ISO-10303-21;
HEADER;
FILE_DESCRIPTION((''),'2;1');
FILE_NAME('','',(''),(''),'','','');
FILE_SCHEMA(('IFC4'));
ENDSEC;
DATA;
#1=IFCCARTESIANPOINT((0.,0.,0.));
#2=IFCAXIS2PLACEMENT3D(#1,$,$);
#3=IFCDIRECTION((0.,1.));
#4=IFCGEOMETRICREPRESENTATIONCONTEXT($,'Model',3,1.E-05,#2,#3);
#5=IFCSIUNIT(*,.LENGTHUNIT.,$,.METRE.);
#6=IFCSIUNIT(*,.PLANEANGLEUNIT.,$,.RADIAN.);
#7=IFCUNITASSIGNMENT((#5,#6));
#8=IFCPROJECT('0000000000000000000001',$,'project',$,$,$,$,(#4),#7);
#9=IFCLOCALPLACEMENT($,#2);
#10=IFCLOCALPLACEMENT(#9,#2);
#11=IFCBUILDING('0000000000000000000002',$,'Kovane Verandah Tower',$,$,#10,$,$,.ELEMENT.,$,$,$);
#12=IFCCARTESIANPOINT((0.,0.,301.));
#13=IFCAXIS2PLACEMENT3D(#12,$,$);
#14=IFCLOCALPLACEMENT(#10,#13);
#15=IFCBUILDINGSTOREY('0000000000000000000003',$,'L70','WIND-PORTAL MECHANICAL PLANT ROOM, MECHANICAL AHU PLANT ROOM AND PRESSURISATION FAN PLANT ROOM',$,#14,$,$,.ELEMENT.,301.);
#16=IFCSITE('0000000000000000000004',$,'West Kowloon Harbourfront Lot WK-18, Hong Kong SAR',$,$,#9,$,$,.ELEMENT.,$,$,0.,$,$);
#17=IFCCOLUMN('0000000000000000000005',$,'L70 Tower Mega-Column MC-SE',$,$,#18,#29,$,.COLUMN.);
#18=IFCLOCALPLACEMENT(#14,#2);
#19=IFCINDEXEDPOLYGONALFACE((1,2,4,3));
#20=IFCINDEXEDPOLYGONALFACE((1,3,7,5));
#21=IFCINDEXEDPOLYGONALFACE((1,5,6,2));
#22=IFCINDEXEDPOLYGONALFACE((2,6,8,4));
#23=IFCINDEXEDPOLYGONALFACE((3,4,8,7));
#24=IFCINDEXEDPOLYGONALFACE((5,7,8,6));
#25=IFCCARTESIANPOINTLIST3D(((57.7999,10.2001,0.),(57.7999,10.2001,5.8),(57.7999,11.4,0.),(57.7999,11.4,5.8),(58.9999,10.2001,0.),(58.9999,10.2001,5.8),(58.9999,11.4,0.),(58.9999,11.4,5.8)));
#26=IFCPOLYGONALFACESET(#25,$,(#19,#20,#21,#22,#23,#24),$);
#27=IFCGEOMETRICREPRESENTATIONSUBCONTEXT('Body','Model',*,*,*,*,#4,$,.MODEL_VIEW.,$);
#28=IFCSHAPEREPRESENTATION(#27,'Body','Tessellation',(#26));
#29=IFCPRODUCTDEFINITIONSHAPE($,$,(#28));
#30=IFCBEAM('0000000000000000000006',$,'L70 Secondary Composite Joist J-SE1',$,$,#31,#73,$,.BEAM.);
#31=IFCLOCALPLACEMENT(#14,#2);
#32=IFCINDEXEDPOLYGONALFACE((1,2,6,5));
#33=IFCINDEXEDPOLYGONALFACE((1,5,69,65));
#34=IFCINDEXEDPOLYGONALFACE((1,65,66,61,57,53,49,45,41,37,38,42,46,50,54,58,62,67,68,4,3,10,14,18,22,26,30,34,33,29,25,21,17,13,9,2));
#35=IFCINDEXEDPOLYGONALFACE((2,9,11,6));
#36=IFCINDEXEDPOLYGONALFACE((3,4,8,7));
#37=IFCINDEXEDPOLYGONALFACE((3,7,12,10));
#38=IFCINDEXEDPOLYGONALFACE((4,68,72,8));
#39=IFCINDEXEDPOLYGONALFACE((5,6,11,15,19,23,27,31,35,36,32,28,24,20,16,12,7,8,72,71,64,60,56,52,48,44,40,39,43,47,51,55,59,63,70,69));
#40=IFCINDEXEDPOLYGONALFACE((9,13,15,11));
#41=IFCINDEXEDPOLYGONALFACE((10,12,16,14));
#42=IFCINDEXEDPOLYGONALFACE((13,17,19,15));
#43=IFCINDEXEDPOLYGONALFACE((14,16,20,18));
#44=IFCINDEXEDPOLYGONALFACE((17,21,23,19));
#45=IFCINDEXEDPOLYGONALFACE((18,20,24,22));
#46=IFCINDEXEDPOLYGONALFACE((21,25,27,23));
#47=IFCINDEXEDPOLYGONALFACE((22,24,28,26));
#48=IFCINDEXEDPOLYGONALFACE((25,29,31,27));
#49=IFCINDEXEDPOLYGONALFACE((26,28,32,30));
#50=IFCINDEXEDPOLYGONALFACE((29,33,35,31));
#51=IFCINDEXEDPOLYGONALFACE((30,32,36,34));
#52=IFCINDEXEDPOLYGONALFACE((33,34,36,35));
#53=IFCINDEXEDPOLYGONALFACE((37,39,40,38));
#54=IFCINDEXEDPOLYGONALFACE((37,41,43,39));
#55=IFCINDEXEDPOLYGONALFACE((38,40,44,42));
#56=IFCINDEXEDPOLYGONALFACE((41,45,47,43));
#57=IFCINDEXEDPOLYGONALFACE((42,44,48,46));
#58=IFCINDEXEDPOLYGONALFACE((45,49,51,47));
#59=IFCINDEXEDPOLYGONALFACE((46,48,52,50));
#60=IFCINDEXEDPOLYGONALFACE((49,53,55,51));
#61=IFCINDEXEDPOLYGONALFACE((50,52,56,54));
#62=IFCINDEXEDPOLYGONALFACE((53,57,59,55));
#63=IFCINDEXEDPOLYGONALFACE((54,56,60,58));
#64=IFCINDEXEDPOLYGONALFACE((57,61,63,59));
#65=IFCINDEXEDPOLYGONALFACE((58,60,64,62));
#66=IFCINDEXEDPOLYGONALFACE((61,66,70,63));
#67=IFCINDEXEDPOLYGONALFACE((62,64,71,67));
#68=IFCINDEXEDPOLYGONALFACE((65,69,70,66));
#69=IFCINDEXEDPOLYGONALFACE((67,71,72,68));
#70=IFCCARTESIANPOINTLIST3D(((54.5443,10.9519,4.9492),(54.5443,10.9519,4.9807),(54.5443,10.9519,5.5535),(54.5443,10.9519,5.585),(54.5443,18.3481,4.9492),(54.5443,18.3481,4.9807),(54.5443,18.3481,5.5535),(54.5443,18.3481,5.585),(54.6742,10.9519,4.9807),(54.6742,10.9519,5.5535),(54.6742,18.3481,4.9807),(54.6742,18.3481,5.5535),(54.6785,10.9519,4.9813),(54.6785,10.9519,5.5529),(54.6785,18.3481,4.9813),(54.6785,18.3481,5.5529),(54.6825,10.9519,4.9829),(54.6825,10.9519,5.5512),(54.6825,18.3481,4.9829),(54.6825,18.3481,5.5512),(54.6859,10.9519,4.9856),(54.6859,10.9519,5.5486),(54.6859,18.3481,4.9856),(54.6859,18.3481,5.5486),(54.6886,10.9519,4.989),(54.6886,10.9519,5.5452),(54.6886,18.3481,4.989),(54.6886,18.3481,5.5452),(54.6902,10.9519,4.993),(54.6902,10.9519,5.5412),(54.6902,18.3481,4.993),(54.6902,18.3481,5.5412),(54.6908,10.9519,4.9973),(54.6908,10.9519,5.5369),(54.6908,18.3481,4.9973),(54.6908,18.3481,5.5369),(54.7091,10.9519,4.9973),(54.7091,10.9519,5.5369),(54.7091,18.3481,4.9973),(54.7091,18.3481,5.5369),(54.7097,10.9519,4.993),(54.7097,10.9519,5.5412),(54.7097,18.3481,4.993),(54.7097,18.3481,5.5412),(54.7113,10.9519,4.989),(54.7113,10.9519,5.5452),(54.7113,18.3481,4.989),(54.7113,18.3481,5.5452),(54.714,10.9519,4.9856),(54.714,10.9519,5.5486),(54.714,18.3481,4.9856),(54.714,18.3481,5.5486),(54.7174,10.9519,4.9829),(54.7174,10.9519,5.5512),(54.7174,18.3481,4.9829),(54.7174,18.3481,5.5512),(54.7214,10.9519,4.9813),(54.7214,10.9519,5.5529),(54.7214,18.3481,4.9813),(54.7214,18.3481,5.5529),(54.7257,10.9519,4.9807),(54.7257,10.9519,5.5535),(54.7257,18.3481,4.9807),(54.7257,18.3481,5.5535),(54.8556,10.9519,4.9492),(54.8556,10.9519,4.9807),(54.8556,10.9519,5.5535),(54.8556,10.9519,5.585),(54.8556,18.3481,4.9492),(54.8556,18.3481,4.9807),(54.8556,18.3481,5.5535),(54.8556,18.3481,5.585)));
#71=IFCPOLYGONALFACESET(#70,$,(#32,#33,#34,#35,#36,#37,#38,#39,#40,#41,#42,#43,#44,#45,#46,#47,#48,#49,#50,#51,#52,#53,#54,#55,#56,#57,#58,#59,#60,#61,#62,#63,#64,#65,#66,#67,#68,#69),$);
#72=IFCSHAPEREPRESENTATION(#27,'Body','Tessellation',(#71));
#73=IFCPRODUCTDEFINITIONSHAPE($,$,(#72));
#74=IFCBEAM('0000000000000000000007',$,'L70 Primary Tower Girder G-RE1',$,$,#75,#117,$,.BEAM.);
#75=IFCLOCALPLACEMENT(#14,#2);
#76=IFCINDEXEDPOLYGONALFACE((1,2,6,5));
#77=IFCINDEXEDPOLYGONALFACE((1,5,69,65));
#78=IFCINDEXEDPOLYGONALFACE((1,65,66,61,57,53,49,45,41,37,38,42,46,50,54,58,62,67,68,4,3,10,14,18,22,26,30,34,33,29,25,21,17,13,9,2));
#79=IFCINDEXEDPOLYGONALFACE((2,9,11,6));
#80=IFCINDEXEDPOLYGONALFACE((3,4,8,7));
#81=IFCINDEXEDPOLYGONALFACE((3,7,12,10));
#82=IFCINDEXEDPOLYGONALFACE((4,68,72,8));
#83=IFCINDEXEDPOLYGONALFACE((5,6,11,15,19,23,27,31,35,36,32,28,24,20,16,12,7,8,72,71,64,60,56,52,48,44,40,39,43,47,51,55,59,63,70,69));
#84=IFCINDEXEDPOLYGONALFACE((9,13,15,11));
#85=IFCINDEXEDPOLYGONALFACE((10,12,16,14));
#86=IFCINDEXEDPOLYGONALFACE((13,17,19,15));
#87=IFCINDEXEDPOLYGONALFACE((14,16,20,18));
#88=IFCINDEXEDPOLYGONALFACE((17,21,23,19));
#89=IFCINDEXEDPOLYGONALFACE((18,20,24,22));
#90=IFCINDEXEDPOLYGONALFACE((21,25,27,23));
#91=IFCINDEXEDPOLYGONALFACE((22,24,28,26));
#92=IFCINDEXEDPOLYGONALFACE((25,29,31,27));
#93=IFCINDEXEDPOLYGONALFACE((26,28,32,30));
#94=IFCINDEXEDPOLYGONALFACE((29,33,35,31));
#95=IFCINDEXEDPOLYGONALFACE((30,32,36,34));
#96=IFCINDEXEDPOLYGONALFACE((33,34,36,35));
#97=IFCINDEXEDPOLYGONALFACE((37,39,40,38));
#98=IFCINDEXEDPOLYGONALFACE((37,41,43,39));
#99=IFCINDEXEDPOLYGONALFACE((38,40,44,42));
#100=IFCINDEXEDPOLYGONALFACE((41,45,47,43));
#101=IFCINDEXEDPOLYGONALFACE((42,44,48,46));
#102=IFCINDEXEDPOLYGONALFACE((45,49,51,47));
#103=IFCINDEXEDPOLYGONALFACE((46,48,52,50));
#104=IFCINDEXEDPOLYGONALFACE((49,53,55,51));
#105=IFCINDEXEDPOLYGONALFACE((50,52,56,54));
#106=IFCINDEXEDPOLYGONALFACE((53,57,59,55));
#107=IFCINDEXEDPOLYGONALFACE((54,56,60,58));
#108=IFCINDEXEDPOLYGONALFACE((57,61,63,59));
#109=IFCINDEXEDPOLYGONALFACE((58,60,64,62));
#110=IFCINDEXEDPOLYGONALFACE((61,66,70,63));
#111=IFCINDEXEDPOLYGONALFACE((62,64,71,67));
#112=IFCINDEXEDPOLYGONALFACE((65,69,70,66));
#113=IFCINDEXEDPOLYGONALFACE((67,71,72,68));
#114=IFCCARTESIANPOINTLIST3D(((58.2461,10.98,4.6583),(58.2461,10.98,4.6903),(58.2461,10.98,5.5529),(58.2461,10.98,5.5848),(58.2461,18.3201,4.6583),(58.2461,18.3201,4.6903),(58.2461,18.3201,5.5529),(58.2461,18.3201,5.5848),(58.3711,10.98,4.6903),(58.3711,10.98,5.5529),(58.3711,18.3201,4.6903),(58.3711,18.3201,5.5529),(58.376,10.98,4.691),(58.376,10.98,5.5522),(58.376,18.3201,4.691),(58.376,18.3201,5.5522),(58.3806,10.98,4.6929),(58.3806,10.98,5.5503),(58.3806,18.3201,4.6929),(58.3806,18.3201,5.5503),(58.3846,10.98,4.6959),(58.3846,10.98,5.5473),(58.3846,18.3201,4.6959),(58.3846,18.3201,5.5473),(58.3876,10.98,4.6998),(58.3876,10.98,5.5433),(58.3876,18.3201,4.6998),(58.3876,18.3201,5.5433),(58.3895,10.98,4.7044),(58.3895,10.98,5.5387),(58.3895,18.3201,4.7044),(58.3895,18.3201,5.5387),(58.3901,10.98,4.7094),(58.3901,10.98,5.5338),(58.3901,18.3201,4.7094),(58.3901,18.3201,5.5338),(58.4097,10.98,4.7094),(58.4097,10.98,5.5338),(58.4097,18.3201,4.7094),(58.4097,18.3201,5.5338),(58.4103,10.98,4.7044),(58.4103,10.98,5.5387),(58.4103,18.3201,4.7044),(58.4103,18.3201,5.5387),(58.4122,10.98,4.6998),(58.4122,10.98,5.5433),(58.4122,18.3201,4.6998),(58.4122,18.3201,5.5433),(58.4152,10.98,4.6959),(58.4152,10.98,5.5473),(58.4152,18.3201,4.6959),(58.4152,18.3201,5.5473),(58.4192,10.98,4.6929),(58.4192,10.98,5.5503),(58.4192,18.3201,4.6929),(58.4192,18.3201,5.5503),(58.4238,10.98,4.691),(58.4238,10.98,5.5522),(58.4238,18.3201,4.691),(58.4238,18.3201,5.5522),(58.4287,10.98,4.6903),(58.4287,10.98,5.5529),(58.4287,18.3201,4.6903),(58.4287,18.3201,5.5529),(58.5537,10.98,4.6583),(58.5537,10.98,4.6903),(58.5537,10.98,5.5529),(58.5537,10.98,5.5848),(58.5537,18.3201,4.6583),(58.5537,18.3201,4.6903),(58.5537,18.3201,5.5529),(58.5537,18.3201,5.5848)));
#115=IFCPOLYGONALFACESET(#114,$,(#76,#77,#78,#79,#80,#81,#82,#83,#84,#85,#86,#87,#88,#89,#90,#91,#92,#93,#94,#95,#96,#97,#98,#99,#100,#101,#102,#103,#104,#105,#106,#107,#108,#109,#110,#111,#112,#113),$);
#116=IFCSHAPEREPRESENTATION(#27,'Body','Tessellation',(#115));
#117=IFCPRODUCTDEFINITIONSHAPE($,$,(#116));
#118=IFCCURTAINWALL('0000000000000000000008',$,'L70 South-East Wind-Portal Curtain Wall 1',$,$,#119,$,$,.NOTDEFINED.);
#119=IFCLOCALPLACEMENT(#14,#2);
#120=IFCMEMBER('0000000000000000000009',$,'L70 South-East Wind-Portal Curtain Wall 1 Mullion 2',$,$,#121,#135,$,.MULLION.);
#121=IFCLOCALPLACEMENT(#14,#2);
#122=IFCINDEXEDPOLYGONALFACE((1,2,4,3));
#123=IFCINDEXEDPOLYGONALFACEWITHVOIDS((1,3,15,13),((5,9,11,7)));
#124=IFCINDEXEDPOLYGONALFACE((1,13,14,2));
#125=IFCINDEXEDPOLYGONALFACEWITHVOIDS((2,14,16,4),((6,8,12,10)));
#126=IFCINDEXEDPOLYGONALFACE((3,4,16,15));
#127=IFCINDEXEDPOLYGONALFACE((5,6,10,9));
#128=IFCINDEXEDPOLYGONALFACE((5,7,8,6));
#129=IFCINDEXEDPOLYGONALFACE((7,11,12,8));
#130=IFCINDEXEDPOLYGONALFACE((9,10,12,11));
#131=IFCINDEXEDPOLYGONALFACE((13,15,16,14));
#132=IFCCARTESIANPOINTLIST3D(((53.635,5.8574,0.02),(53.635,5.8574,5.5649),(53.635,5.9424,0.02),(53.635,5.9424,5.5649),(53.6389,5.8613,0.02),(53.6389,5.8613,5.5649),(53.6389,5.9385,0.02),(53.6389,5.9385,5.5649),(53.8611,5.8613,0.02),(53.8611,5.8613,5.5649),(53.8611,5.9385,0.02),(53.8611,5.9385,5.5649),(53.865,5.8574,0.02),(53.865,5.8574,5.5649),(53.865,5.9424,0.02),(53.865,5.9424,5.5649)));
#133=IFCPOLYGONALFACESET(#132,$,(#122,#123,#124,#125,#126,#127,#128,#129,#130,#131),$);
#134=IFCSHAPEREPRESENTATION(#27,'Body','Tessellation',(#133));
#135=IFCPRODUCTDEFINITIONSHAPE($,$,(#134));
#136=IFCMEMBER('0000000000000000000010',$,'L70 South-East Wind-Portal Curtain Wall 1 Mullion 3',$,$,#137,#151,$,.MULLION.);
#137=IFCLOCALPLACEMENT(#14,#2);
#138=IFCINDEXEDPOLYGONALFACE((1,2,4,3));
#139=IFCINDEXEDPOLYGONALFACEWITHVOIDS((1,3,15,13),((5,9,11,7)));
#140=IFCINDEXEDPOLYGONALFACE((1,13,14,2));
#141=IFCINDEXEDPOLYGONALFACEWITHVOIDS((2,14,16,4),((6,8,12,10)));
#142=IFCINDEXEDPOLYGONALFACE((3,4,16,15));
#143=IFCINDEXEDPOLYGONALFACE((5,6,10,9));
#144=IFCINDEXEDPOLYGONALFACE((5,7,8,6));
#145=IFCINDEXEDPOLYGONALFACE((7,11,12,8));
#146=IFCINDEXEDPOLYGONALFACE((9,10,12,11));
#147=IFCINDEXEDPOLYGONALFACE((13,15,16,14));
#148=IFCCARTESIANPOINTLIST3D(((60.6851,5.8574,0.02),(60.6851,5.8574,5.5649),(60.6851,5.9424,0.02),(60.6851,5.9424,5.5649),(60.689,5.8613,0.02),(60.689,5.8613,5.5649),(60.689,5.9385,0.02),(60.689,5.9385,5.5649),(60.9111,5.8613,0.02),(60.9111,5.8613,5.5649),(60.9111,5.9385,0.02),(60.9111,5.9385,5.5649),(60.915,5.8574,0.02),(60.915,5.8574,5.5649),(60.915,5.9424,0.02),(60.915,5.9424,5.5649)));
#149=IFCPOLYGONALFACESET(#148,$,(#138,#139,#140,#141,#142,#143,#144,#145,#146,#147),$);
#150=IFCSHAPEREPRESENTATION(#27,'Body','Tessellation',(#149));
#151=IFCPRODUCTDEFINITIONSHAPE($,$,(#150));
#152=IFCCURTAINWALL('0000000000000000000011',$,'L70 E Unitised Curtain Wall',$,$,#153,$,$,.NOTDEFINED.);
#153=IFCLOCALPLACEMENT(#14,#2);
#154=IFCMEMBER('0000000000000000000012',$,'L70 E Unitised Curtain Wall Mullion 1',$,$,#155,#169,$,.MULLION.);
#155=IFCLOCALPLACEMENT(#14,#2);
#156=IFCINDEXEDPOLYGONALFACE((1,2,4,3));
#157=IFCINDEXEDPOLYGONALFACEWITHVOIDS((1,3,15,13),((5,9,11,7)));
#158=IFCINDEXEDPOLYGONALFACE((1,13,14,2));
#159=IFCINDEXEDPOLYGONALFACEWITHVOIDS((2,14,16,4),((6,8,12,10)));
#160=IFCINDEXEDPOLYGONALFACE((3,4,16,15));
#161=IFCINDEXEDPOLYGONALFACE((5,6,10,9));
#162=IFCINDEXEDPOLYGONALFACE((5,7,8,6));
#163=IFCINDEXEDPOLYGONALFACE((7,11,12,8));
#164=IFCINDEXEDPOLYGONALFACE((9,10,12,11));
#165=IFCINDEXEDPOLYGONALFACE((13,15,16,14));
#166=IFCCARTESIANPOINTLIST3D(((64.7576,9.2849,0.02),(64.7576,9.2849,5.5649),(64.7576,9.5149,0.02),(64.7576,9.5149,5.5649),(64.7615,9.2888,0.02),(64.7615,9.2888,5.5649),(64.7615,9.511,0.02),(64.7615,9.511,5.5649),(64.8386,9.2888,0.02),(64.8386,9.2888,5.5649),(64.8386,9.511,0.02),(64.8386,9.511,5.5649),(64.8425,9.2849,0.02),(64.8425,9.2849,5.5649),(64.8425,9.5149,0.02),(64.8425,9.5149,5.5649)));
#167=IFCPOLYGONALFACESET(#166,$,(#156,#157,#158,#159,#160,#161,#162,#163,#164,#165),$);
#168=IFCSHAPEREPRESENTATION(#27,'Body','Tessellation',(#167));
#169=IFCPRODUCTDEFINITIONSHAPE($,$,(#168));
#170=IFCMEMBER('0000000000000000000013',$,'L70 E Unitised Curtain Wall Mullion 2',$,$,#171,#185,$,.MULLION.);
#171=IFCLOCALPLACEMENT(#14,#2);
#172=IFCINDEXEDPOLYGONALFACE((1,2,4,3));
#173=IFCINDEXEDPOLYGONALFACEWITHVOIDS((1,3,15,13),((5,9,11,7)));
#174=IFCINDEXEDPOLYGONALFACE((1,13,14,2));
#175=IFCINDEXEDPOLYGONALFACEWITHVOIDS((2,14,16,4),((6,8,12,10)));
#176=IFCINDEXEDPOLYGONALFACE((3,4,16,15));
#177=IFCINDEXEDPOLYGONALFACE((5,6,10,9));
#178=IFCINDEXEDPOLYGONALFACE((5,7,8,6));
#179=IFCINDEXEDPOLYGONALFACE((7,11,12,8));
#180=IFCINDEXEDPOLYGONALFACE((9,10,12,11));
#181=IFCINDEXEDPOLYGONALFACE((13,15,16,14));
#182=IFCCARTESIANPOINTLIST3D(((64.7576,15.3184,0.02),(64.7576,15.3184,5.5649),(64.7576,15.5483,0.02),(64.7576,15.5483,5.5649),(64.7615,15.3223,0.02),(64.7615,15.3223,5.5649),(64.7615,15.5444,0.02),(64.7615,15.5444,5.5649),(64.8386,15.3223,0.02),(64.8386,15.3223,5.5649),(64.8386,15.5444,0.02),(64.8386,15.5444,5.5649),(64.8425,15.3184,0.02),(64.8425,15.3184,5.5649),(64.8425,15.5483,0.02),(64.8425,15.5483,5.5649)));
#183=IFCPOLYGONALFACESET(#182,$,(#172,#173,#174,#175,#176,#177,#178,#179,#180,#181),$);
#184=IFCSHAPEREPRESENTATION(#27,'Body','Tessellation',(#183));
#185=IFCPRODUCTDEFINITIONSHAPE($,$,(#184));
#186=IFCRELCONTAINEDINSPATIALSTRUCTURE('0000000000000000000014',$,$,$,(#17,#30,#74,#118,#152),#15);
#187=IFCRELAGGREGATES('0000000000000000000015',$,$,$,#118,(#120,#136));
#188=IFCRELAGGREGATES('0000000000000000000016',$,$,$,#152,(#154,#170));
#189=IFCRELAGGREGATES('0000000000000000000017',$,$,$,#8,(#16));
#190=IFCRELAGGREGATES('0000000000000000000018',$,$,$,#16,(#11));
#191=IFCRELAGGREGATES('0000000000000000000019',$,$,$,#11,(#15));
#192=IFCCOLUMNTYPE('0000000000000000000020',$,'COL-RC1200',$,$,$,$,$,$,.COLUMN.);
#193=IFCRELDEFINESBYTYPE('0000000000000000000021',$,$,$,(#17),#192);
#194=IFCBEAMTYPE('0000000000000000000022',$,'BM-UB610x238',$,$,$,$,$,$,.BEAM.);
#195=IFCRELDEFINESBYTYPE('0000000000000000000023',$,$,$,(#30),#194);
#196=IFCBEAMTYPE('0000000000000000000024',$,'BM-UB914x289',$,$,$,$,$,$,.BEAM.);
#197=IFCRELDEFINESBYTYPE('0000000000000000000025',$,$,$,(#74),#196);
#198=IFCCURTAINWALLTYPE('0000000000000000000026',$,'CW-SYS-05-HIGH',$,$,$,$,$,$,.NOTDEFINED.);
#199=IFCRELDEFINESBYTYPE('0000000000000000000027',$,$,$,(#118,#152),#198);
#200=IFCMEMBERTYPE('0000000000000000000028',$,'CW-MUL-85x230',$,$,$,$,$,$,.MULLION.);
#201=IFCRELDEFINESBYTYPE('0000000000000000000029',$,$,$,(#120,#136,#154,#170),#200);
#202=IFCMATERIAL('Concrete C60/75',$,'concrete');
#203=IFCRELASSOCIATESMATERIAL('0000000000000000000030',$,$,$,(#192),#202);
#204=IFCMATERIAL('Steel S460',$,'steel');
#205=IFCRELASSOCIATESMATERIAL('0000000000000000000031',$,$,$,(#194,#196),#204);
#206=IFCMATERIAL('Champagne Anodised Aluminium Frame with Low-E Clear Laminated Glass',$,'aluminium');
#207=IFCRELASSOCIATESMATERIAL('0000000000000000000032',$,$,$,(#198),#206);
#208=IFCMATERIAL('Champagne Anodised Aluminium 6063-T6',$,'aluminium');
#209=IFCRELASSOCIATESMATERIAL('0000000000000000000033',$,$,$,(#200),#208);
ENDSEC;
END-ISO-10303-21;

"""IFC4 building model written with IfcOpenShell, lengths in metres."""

from ifc_helpers import new_model, si_unit, direction, frame, origin, origin_2d, place, context, subcontext, project, spatial, rectangle, hollow_rectangle, i_section, extrude, material, material_profile, profile_set, type_object, element, aggregate, save


model = new_model("IFC4")

# Units and contexts
model_context = context("Model", 3, precision=1e-05, world=origin(), true_north=direction((0.0, 1.0)))
body_context = subcontext(model_context, "Body", "Model", "MODEL_VIEW")
ifc_project = project(units=[si_unit("LENGTHUNIT", "METRE"), si_unit("PLANEANGLEUNIT", "RADIAN")], contexts=[model_context])

# Site, building, storey
site_placement = place(None, origin())
site = spatial("IfcSite", under=ifc_project, at=site_placement, Name="West Kowloon Harbourfront Lot WK-18, Hong Kong SAR", CompositionType="ELEMENT", RefElevation=0.0)
building_placement = place(site_placement, origin())
building = spatial("IfcBuilding", under=site, at=building_placement, Name="Kovane Verandah Tower", CompositionType="ELEMENT")
storey_placement = place(building_placement, frame((0.0, 0.0, 301.0)))
storey = spatial("IfcBuildingStorey", under=building, at=storey_placement, Name="L70", Description="WIND-PORTAL MECHANICAL PLANT ROOM, MECHANICAL AHU PLANT ROOM AND PRESSURISATION FAN PLANT ROOM", CompositionType="ELEMENT", Elevation=301.0)

# Column
ifc_material_1 = material(Name="Concrete C60/75", Category="concrete")
ifc_material_profile_1 = material_profile(ifc_material_1, rectangle(XDim=1.2, YDim=1.2, at=origin_2d()), Name="RC1200x1200")
ifc_profile_set_1 = profile_set([ifc_material_profile_1], Name="Concrete C60/75")
column_type = type_object("IfcColumnType", Name="COL-RC1200", PredefinedType="COLUMN", material=ifc_profile_set_1)
column_placement = place(storey_placement, frame((58.3999, 10.8, 0.0), z_axis=(0.0, 0.0, 1.0), x_axis=(1.0, 0.0, 0.0)))
element("IfcColumn", 1, at=column_placement, inside=storey, type_object=column_type, Name="L70 Tower Mega-Column MC-SE", PredefinedType="COLUMN", context=body_context, shape_type="SweptSolid", body=[
    extrude(rectangle(XDim=1.2, YDim=1.2, at=origin_2d()), origin(), (0.0, 0.0, 1.0), 5.8),
])

# Beams
ifc_material_2 = material(Name="Steel S460", Category="steel")
ifc_material_profile_2 = material_profile(ifc_material_2, i_section(OverallWidth=0.3113, OverallDepth=0.6357, WebThickness=0.0183, FlangeThickness=0.0315, FilletRadius=0.0166, at=origin_2d()), Name="UB610x305x238")
ifc_profile_set_2 = profile_set([ifc_material_profile_2], Name="Steel S460")
beam_type_1 = type_object("IfcBeamType", Name="BM-UB610x238", PredefinedType="BEAM", material=ifc_profile_set_2)
beam_1_placement = place(storey_placement, frame((54.7, 10.9519, 5.2671), z_axis=(0.0, 1.0, 0.0), x_axis=(-1.0, 0.0, 0.0)))
element("IfcBeam", 2, at=beam_1_placement, inside=storey, type_object=beam_type_1, Name="L70 Secondary Composite Joist J-SE1", PredefinedType="BEAM", context=body_context, shape_type="SweptSolid", body=[
    extrude(i_section(OverallWidth=0.3113, OverallDepth=0.6357, WebThickness=0.0183, FlangeThickness=0.0315, FilletRadius=0.0166, at=origin_2d()), origin(), (0.0, 0.0, 1.0), 7.3962),
])
ifc_material_profile_3 = material_profile(ifc_material_2, i_section(OverallWidth=0.3076, OverallDepth=0.9265, WebThickness=0.0195, FlangeThickness=0.032, FilletRadius=0.019, at=origin_2d()), Name="UB914x305x289")
ifc_profile_set_3 = profile_set([ifc_material_profile_3], Name="Steel S460")
beam_type_2 = type_object("IfcBeamType", Name="BM-UB914x289", PredefinedType="BEAM", material=ifc_profile_set_3)
beam_2_placement = place(storey_placement, frame((58.3999, 10.98, 5.1216), z_axis=(0.0, 1.0, 0.0), x_axis=(-1.0, 0.0, 0.0)))
element("IfcBeam", 3, at=beam_2_placement, inside=storey, type_object=beam_type_2, Name="L70 Primary Tower Girder G-RE1", PredefinedType="BEAM", context=body_context, shape_type="SweptSolid", body=[
    extrude(i_section(OverallWidth=0.3076, OverallDepth=0.9265, WebThickness=0.0195, FlangeThickness=0.032, FilletRadius=0.019, at=origin_2d()), origin(), (0.0, 0.0, 1.0), 7.3401),
])

# Curtain walls, members
ifc_material_3 = material(Name="Champagne Anodised Aluminium Frame with Low-E Clear Laminated Glass", Category="aluminium")
curtain_wall_type = type_object("IfcCurtainWallType", Name="CW-SYS-05-HIGH", PredefinedType="NOTDEFINED", material=ifc_material_3)
curtain_wall_1_placement = place(storey_placement, origin())
curtain_wall_1 = element("IfcCurtainWall", 4, at=curtain_wall_1_placement, inside=storey, type_object=curtain_wall_type, Name="L70 South-East Wind-Portal Curtain Wall 1", PredefinedType="NOTDEFINED")
ifc_material_4 = material(Name="Champagne Anodised Aluminium 6063-T6", Category="aluminium")
ifc_material_profile_4 = material_profile(ifc_material_4, hollow_rectangle(XDim=0.085, YDim=0.23, WallThickness=0.0039, at=origin_2d()), Name="AL85x230x4")
ifc_profile_set_4 = profile_set([ifc_material_profile_4], Name="Champagne Anodised Aluminium 6063-T6")
member_type_1 = type_object("IfcMemberType", Name="CW-MUL-85x230", PredefinedType="MULLION", material=ifc_profile_set_4)
member_1_placement = place(storey_placement, frame((53.75, 5.8999, 0.02), z_axis=(0.0, 0.0, 1.0), x_axis=(0.0, -1.0, 0.0)))
member_1 = element("IfcMember", 5, at=member_1_placement, type_object=member_type_1, Name="L70 South-East Wind-Portal Curtain Wall 1 Mullion 2", PredefinedType="MULLION", context=body_context, shape_type="SweptSolid", body=[
    extrude(hollow_rectangle(XDim=0.085, YDim=0.23, WallThickness=0.0039, at=origin_2d()), origin(), (0.0, 0.0, 1.0), 5.5449),
])
member_2_placement = place(storey_placement, frame((60.8, 5.8999, 0.02), z_axis=(0.0, 0.0, 1.0), x_axis=(0.0, -1.0, 0.0)))
member_2 = element("IfcMember", 6, at=member_2_placement, type_object=member_type_1, Name="L70 South-East Wind-Portal Curtain Wall 1 Mullion 3", PredefinedType="MULLION", context=body_context, shape_type="SweptSolid", body=[
    extrude(hollow_rectangle(XDim=0.085, YDim=0.23, WallThickness=0.0039, at=origin_2d()), origin(), (0.0, 0.0, 1.0), 5.5449),
])
curtain_wall_2_placement = place(storey_placement, origin())
curtain_wall_2 = element("IfcCurtainWall", 7, at=curtain_wall_2_placement, inside=storey, type_object=curtain_wall_type, Name="L70 E Unitised Curtain Wall", PredefinedType="NOTDEFINED")
member_3_placement = place(storey_placement, frame((64.8, 9.3999, 0.02), z_axis=(0.0, 0.0, 1.0), x_axis=(1.0, 0.0, 0.0)))
member_3 = element("IfcMember", 8, at=member_3_placement, type_object=member_type_1, Name="L70 E Unitised Curtain Wall Mullion 1", PredefinedType="MULLION", context=body_context, shape_type="SweptSolid", body=[
    extrude(hollow_rectangle(XDim=0.085, YDim=0.23, WallThickness=0.0039, at=origin_2d()), origin(), (0.0, 0.0, 1.0), 5.5449),
])
member_4_placement = place(storey_placement, frame((64.8, 15.4333, 0.02), z_axis=(0.0, 0.0, 1.0), x_axis=(1.0, 0.0, 0.0)))
member_4 = element("IfcMember", 9, at=member_4_placement, type_object=member_type_1, Name="L70 E Unitised Curtain Wall Mullion 2", PredefinedType="MULLION", context=body_context, shape_type="SweptSolid", body=[
    extrude(hollow_rectangle(XDim=0.085, YDim=0.23, WallThickness=0.0039, at=origin_2d()), origin(), (0.0, 0.0, 1.0), 5.5449),
])

aggregate(curtain_wall_1, [member_1, member_2])
aggregate(curtain_wall_2, [member_3, member_4])

save(model, "model.ifc")
